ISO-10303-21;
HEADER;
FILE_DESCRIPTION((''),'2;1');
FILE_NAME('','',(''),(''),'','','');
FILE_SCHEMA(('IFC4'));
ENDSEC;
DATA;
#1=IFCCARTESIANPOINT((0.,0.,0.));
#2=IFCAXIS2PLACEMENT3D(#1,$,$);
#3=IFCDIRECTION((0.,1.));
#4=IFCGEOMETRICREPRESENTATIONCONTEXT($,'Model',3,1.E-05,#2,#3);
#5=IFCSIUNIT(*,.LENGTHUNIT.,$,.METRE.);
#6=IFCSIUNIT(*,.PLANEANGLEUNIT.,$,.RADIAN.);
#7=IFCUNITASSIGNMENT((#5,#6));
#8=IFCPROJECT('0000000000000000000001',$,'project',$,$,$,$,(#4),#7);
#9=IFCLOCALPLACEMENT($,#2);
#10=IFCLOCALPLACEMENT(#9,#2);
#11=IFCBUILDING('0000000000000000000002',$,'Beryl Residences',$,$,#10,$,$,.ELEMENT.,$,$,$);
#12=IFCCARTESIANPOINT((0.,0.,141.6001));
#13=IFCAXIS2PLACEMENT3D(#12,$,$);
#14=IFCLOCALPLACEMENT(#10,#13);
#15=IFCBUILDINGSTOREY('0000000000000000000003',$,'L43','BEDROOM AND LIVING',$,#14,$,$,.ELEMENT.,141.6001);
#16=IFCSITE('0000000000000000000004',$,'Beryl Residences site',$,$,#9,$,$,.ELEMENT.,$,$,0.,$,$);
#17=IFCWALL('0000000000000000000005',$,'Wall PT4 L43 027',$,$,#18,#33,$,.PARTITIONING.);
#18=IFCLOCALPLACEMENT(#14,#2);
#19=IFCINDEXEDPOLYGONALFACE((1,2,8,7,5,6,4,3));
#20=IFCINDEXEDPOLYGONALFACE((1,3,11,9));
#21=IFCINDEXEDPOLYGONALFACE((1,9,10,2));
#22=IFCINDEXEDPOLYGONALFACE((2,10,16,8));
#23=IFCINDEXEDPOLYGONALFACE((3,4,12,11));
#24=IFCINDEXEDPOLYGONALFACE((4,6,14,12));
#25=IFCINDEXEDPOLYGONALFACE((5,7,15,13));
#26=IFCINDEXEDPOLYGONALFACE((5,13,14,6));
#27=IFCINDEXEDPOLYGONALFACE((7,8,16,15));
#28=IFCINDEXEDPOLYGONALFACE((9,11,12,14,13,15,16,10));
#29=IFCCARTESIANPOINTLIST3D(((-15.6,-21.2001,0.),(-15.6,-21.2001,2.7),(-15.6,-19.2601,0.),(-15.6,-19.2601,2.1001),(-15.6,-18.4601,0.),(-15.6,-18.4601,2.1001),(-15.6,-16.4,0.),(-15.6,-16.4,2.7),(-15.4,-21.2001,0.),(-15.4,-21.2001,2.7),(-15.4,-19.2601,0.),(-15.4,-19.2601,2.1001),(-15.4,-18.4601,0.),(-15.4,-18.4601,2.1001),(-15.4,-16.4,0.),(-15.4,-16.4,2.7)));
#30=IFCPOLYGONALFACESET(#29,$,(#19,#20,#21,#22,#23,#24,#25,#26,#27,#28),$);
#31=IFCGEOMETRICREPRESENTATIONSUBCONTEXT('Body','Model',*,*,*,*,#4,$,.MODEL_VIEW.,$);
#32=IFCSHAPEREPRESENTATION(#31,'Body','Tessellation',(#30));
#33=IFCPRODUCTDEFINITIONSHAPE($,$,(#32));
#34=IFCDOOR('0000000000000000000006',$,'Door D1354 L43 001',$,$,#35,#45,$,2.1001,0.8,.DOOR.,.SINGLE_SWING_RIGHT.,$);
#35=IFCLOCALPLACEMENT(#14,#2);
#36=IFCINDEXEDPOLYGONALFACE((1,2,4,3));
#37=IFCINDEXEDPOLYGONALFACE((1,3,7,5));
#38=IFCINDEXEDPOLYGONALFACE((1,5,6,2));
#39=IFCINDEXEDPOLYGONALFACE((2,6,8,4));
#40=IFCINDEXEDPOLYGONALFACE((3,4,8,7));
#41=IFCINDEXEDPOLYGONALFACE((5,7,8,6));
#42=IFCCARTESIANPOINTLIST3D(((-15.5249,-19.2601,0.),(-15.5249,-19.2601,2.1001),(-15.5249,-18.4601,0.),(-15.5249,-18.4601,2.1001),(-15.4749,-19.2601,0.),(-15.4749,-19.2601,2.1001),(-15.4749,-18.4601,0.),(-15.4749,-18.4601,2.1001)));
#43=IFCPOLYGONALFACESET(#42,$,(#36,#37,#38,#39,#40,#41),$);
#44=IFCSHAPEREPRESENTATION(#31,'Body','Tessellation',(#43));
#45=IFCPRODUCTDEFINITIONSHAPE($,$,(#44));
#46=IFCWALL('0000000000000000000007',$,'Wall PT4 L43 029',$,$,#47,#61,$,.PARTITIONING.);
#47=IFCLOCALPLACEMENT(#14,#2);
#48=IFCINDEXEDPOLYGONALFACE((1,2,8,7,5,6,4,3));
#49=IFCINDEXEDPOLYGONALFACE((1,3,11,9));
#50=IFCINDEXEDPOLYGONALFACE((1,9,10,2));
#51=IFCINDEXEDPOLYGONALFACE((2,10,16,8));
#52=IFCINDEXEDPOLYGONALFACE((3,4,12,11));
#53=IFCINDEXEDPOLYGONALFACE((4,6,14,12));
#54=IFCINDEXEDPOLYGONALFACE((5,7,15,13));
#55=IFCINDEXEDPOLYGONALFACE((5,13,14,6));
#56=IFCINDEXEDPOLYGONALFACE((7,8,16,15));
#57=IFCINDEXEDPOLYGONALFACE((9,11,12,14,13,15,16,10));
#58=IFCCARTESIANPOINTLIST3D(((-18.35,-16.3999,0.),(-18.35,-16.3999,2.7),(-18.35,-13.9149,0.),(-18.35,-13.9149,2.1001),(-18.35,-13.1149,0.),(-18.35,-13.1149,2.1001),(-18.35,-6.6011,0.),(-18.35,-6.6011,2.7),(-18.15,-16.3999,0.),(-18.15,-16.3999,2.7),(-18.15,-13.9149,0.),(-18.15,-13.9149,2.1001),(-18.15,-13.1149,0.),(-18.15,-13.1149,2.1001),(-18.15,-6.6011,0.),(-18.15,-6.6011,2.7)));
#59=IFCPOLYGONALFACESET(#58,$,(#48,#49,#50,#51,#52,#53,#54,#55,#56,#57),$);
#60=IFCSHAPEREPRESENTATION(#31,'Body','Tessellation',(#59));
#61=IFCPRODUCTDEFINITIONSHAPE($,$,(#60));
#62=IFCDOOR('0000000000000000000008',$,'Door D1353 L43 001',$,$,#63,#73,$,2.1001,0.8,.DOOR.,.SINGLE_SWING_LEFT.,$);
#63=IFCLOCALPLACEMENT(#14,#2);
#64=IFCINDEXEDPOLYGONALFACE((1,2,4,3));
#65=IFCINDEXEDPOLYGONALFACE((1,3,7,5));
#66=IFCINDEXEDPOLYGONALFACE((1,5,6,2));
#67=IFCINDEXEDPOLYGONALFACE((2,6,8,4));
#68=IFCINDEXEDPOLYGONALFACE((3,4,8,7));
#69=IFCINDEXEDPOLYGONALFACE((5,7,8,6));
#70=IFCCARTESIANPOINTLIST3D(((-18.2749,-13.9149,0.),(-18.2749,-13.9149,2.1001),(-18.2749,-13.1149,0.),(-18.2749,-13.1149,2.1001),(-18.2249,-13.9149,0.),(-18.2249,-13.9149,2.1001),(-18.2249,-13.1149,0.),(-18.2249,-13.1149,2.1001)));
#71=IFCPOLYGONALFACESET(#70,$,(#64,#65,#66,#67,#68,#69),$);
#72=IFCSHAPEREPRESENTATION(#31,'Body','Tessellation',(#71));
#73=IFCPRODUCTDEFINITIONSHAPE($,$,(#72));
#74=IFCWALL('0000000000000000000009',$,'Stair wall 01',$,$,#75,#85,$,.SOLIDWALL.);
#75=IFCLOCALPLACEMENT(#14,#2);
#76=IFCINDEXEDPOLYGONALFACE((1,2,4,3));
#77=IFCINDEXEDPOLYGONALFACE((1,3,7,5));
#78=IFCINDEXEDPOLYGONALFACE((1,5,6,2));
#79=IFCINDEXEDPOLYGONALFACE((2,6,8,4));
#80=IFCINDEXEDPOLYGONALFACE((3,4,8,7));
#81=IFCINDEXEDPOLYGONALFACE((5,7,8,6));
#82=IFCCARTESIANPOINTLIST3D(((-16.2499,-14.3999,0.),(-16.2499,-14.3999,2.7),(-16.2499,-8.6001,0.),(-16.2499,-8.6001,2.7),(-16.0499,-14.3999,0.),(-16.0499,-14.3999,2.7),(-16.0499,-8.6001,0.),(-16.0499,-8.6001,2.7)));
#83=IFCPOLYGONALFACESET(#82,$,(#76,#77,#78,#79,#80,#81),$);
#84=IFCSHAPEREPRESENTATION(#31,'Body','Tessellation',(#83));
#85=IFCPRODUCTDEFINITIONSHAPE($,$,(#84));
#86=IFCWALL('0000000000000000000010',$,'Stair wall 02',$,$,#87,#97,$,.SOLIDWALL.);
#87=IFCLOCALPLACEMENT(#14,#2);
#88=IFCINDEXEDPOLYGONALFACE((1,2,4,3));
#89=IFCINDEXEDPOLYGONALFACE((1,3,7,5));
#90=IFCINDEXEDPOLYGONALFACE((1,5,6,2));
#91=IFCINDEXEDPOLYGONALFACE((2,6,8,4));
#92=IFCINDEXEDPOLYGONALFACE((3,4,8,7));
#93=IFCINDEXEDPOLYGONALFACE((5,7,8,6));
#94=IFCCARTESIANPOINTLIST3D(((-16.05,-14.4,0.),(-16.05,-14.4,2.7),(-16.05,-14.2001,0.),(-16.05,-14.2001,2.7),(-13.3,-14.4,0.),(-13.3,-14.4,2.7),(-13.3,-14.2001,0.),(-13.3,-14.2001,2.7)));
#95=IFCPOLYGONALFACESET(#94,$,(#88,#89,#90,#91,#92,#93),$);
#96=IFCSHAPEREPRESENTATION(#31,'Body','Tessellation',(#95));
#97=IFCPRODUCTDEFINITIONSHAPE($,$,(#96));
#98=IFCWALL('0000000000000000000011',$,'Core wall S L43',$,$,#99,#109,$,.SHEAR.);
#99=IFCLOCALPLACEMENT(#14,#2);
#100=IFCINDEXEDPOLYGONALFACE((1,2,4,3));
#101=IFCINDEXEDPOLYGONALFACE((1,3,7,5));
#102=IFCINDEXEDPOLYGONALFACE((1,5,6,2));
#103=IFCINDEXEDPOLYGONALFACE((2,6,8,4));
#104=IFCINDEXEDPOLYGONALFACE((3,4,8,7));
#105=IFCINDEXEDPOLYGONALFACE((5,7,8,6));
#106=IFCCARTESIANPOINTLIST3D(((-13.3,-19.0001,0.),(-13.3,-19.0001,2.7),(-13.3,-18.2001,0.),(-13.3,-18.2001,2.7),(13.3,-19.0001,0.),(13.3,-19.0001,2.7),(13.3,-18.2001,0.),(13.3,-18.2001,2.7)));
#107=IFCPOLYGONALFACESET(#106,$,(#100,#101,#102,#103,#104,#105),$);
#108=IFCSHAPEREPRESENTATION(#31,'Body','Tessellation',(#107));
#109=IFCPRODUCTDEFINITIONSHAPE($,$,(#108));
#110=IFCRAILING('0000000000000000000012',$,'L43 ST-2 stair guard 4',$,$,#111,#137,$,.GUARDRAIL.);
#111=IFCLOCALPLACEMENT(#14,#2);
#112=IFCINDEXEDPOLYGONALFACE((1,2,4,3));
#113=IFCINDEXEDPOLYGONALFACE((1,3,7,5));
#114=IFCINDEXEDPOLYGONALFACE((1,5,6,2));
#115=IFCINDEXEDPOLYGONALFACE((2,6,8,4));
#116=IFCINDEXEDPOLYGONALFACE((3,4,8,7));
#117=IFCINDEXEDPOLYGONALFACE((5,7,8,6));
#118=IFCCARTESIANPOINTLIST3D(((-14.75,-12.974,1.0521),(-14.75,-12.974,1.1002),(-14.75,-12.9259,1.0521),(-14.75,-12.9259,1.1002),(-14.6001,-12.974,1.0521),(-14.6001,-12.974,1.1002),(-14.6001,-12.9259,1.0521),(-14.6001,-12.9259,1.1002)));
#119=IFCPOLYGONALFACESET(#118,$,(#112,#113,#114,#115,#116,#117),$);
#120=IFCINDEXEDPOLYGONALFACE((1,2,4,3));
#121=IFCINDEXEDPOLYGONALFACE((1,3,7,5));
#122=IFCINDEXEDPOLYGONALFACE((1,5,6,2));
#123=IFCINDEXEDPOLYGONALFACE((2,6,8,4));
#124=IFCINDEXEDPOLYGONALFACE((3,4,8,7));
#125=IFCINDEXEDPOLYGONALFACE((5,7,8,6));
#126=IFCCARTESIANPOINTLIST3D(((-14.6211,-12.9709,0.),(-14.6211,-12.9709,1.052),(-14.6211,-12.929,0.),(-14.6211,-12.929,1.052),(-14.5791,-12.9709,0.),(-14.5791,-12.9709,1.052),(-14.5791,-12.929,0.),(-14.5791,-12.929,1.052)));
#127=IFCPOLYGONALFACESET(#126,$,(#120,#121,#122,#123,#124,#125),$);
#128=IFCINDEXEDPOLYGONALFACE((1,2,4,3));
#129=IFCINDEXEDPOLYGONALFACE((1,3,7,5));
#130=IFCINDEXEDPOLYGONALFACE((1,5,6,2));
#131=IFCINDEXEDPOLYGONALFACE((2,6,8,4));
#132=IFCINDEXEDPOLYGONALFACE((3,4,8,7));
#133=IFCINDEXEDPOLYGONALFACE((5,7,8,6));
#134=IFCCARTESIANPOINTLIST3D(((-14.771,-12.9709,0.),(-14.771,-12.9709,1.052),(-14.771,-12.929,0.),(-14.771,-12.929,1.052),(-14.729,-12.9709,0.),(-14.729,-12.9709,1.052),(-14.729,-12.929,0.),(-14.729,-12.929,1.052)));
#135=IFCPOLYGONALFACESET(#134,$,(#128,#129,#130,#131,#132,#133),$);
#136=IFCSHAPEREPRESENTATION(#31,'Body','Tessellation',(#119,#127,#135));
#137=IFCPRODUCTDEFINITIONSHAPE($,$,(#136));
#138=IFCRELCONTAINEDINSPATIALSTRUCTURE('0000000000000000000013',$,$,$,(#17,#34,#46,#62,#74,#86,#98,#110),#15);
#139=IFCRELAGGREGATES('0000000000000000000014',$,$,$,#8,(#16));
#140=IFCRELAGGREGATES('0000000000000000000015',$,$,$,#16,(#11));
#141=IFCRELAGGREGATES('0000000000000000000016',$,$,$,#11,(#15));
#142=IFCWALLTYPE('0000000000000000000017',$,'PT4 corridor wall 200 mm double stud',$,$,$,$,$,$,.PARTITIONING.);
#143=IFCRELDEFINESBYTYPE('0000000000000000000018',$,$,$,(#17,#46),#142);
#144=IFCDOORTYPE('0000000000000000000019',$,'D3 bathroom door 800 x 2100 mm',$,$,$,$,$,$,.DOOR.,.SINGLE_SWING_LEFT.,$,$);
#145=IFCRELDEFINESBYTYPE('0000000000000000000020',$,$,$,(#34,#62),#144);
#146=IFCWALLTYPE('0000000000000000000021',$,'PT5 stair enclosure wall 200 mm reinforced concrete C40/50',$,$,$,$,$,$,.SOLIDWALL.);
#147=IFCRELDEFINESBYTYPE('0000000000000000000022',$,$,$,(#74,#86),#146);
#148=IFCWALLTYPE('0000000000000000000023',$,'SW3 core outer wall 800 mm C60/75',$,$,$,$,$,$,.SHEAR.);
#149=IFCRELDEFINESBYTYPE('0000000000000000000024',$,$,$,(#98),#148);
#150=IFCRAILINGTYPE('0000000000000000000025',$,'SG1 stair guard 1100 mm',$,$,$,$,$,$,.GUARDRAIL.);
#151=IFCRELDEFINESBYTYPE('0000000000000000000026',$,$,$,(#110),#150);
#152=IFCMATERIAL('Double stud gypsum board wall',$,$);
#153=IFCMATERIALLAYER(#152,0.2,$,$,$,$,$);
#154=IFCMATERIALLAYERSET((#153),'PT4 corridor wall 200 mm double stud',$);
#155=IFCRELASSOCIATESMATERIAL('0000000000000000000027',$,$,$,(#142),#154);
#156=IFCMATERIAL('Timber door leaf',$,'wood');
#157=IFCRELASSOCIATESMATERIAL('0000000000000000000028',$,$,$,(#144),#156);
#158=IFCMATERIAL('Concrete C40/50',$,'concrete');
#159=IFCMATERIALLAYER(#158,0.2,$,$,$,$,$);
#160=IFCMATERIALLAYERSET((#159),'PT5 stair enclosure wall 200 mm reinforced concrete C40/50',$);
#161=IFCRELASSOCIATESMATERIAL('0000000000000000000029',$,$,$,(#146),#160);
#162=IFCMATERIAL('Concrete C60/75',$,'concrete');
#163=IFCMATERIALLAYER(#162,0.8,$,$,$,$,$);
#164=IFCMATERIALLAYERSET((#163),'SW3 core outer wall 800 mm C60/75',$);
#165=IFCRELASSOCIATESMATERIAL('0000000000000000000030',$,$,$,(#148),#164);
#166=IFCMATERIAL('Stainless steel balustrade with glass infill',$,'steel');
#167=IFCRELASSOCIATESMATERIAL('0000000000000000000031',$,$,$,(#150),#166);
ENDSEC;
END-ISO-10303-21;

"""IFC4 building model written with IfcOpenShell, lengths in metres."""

from ifc_helpers import new_model, si_unit, direction, frame, frame_2d, origin, origin_2d, place, context, subcontext, project, spatial, rectangle, extrude, material, layer, layer_set, type_object, element, fill, save


model = new_model("IFC4")

# Units and contexts
model_context = context("Model", 3, precision=1e-05, world=origin(), true_north=direction((0.0, 1.0)))
body_context = subcontext(model_context, "Body", "Model", "MODEL_VIEW")
ifc_project = project(units=[si_unit("LENGTHUNIT", "METRE"), si_unit("PLANEANGLEUNIT", "RADIAN")], contexts=[model_context])

# Site, building, storey
site_placement = place(None, origin())
site = spatial("IfcSite", under=ifc_project, at=site_placement, Name="Beryl Residences site", CompositionType="ELEMENT", RefElevation=0.0)
building_placement = place(site_placement, origin())
building = spatial("IfcBuilding", under=site, at=building_placement, Name="Beryl Residences", CompositionType="ELEMENT")
storey_placement = place(building_placement, frame((0.0, 0.0, 141.6001)))
storey = spatial("IfcBuildingStorey", under=building, at=storey_placement, Name="L43", Description="BEDROOM AND LIVING", CompositionType="ELEMENT", Elevation=141.6001)

# Shared definitions
ifc_material_1 = material(Name="Double stud gypsum board wall")
ifc_layer_1 = layer(ifc_material_1, 0.2)
ifc_layer_set_1 = layer_set([ifc_layer_1], Name="PT4 corridor wall 200 mm double stud")
wall_type_1 = type_object("IfcWallType", Name="PT4 corridor wall 200 mm double stud", PredefinedType="PARTITIONING", material=ifc_layer_set_1)

# Shared definitions
ifc_material_2 = material(Name="Timber door leaf", Category="wood")
door_type_1 = type_object("IfcDoorType", Name="D3 bathroom door 800 x 2100 mm", OperationType="SINGLE_SWING_LEFT", PredefinedType="DOOR", material=ifc_material_2)

# Walls, openings, doors
wall_1_placement = place(storey_placement, frame((-15.5, -21.2, 0.0), z_axis=(0.0, 0.0, 1.0), x_axis=(0.0, 1.0, 0.0)))
wall_1 = element("IfcWall", 1, at=wall_1_placement, inside=storey, type_object=wall_type_1, Name="Wall PT4 L43 027", PredefinedType="PARTITIONING", context=body_context, shape_type="SweptSolid", body=[
    extrude(rectangle(XDim=4.8, YDim=0.2, at=frame_2d((2.3999, 0.0))), origin(), (0.0, 0.0, 1.0), 2.7),
])
opening_1_placement = place(wall_1_placement, frame((1.9399, 0.0, 0.0)))
opening_1 = element("IfcOpeningElement", 2, at=opening_1_placement, cuts=wall_1, PredefinedType="OPENING", context=body_context, shape_type="SweptSolid", body=[
    extrude(rectangle(XDim=0.8, YDim=2.1001, at=frame_2d((0.3999, 1.05))), frame((0.0, 0.1099, 0.0), z_axis=(0.0, -1.0, 0.0), x_axis=(1.0, 0.0, 0.0)), (0.0, 0.0, 1.0), 0.22),
])
door_1_placement = place(opening_1_placement, origin())
door_1 = element("IfcDoor", 3, at=door_1_placement, inside=storey, type_object=door_type_1, Name="Door D1354 L43 001", OperationType="SINGLE_SWING_RIGHT", OverallHeight=2.1001, OverallWidth=0.8, PredefinedType="DOOR", context=body_context, shape_type="SweptSolid", body=[
    extrude(rectangle(XDim=0.8, YDim=2.1001, at=frame_2d((0.3999, 1.05))), frame((0.0, 0.0249, 0.0), z_axis=(0.0, -1.0, 0.0), x_axis=(1.0, 0.0, 0.0)), (0.0, 0.0, 1.0), 0.05),
])
fill(opening_1, door_1)
wall_2_placement = place(storey_placement, frame((-18.25, -16.3999, 0.0), z_axis=(0.0, 0.0, 1.0), x_axis=(0.0, 1.0, 0.0)))
wall_2 = element("IfcWall", 4, at=wall_2_placement, inside=storey, type_object=wall_type_1, Name="Wall PT4 L43 029", PredefinedType="PARTITIONING", context=body_context, shape_type="SweptSolid", body=[
    extrude(rectangle(XDim=9.7988, YDim=0.2, at=frame_2d((4.8994, 0.0))), origin(), (0.0, 0.0, 1.0), 2.7),
])
opening_2_placement = place(wall_2_placement, frame((2.4851, 0.0, 0.0)))
opening_2 = element("IfcOpeningElement", 5, at=opening_2_placement, cuts=wall_2, PredefinedType="OPENING", context=body_context, shape_type="SweptSolid", body=[
    extrude(rectangle(XDim=0.8, YDim=2.1001, at=frame_2d((0.3999, 1.05))), frame((0.0, 0.1099, 0.0), z_axis=(0.0, -1.0, 0.0), x_axis=(1.0, 0.0, 0.0)), (0.0, 0.0, 1.0), 0.22),
])
door_2_placement = place(opening_2_placement, origin())
door_2 = element("IfcDoor", 6, at=door_2_placement, inside=storey, type_object=door_type_1, Name="Door D1353 L43 001", OperationType="SINGLE_SWING_LEFT", OverallHeight=2.1001, OverallWidth=0.8, PredefinedType="DOOR", context=body_context, shape_type="SweptSolid", body=[
    extrude(rectangle(XDim=0.8, YDim=2.1001, at=frame_2d((0.3999, 1.05))), frame((0.0, 0.0249, 0.0), z_axis=(0.0, -1.0, 0.0), x_axis=(1.0, 0.0, 0.0)), (0.0, 0.0, 1.0), 0.05),
])
fill(opening_2, door_2)

# Walls
ifc_material_3 = material(Name="Concrete C40/50", Category="concrete")
ifc_layer_2 = layer(ifc_material_3, 0.2)
ifc_layer_set_2 = layer_set([ifc_layer_2], Name="PT5 stair enclosure wall 200 mm reinforced concrete C40/50")
wall_type_2 = type_object("IfcWallType", Name="PT5 stair enclosure wall 200 mm reinforced concrete C40/50", PredefinedType="SOLIDWALL", material=ifc_layer_set_2)
wall_3_placement = place(storey_placement, frame((-16.1499, -14.3999, 0.0), z_axis=(0.0, 0.0, 1.0), x_axis=(0.0, 1.0, 0.0)))
element("IfcWall", 7, at=wall_3_placement, inside=storey, type_object=wall_type_2, Name="Stair wall 01", PredefinedType="SOLIDWALL", context=body_context, shape_type="SweptSolid", body=[
    extrude(rectangle(XDim=5.7998, YDim=0.2, at=frame_2d((2.8999, 0.0))), origin(), (0.0, 0.0, 1.0), 2.7),
])
wall_4_placement = place(storey_placement, frame((-16.05, -14.3, 0.0), z_axis=(0.0, 0.0, 1.0), x_axis=(1.0, 0.0, 0.0)))
element("IfcWall", 8, at=wall_4_placement, inside=storey, type_object=wall_type_2, Name="Stair wall 02", PredefinedType="SOLIDWALL", context=body_context, shape_type="SweptSolid", body=[
    extrude(rectangle(XDim=2.75, YDim=0.2, at=frame_2d((1.375, 0.0))), origin(), (0.0, 0.0, 1.0), 2.7),
])
ifc_material_4 = material(Name="Concrete C60/75", Category="concrete")
ifc_layer_3 = layer(ifc_material_4, 0.8)
ifc_layer_set_3 = layer_set([ifc_layer_3], Name="SW3 core outer wall 800 mm C60/75")
wall_type_3 = type_object("IfcWallType", Name="SW3 core outer wall 800 mm C60/75", PredefinedType="SHEAR", material=ifc_layer_set_3)
wall_5_placement = place(storey_placement, frame((-13.3, -18.6001, 0.0), z_axis=(0.0, 0.0, 1.0), x_axis=(1.0, 0.0, 0.0)))
element("IfcWall", 9, at=wall_5_placement, inside=storey, type_object=wall_type_3, Name="Core wall S L43", PredefinedType="SHEAR", context=body_context, shape_type="SweptSolid", body=[
    extrude(rectangle(XDim=26.6001, YDim=0.8, at=frame_2d((13.3, 0.0))), origin(), (0.0, 0.0, 1.0), 2.7),
])

# Railing
ifc_material_5 = material(Name="Stainless steel balustrade with glass infill", Category="steel")
railing_type = type_object("IfcRailingType", Name="SG1 stair guard 1100 mm", PredefinedType="GUARDRAIL", material=ifc_material_5)
railing_placement = place(storey_placement, frame((-14.6001, -12.95, 0.0)))
element("IfcRailing", 10, at=railing_placement, inside=storey, type_object=railing_type, Name="L43 ST-2 stair guard 4", PredefinedType="GUARDRAIL", context=body_context, shape_type="SweptSolid", body=[
    extrude(rectangle(XDim=0.0481, YDim=0.0481, at=origin_2d()), frame((0.0, 0.0, 1.0762), z_axis=(-1.0, 0.0, 0.0), x_axis=(0.0, -1.0, 0.0)), (0.0, 0.0, 1.0), 0.1499),
    extrude(rectangle(XDim=0.042, YDim=0.042, at=origin_2d()), origin(), (0.0, 0.0, 1.0), 1.052),
    extrude(rectangle(XDim=0.042, YDim=0.042, at=origin_2d()), frame((-0.1499, 0.0, 0.0)), (0.0, 0.0, 1.0), 1.052),
])

save(model, "model.ifc")
